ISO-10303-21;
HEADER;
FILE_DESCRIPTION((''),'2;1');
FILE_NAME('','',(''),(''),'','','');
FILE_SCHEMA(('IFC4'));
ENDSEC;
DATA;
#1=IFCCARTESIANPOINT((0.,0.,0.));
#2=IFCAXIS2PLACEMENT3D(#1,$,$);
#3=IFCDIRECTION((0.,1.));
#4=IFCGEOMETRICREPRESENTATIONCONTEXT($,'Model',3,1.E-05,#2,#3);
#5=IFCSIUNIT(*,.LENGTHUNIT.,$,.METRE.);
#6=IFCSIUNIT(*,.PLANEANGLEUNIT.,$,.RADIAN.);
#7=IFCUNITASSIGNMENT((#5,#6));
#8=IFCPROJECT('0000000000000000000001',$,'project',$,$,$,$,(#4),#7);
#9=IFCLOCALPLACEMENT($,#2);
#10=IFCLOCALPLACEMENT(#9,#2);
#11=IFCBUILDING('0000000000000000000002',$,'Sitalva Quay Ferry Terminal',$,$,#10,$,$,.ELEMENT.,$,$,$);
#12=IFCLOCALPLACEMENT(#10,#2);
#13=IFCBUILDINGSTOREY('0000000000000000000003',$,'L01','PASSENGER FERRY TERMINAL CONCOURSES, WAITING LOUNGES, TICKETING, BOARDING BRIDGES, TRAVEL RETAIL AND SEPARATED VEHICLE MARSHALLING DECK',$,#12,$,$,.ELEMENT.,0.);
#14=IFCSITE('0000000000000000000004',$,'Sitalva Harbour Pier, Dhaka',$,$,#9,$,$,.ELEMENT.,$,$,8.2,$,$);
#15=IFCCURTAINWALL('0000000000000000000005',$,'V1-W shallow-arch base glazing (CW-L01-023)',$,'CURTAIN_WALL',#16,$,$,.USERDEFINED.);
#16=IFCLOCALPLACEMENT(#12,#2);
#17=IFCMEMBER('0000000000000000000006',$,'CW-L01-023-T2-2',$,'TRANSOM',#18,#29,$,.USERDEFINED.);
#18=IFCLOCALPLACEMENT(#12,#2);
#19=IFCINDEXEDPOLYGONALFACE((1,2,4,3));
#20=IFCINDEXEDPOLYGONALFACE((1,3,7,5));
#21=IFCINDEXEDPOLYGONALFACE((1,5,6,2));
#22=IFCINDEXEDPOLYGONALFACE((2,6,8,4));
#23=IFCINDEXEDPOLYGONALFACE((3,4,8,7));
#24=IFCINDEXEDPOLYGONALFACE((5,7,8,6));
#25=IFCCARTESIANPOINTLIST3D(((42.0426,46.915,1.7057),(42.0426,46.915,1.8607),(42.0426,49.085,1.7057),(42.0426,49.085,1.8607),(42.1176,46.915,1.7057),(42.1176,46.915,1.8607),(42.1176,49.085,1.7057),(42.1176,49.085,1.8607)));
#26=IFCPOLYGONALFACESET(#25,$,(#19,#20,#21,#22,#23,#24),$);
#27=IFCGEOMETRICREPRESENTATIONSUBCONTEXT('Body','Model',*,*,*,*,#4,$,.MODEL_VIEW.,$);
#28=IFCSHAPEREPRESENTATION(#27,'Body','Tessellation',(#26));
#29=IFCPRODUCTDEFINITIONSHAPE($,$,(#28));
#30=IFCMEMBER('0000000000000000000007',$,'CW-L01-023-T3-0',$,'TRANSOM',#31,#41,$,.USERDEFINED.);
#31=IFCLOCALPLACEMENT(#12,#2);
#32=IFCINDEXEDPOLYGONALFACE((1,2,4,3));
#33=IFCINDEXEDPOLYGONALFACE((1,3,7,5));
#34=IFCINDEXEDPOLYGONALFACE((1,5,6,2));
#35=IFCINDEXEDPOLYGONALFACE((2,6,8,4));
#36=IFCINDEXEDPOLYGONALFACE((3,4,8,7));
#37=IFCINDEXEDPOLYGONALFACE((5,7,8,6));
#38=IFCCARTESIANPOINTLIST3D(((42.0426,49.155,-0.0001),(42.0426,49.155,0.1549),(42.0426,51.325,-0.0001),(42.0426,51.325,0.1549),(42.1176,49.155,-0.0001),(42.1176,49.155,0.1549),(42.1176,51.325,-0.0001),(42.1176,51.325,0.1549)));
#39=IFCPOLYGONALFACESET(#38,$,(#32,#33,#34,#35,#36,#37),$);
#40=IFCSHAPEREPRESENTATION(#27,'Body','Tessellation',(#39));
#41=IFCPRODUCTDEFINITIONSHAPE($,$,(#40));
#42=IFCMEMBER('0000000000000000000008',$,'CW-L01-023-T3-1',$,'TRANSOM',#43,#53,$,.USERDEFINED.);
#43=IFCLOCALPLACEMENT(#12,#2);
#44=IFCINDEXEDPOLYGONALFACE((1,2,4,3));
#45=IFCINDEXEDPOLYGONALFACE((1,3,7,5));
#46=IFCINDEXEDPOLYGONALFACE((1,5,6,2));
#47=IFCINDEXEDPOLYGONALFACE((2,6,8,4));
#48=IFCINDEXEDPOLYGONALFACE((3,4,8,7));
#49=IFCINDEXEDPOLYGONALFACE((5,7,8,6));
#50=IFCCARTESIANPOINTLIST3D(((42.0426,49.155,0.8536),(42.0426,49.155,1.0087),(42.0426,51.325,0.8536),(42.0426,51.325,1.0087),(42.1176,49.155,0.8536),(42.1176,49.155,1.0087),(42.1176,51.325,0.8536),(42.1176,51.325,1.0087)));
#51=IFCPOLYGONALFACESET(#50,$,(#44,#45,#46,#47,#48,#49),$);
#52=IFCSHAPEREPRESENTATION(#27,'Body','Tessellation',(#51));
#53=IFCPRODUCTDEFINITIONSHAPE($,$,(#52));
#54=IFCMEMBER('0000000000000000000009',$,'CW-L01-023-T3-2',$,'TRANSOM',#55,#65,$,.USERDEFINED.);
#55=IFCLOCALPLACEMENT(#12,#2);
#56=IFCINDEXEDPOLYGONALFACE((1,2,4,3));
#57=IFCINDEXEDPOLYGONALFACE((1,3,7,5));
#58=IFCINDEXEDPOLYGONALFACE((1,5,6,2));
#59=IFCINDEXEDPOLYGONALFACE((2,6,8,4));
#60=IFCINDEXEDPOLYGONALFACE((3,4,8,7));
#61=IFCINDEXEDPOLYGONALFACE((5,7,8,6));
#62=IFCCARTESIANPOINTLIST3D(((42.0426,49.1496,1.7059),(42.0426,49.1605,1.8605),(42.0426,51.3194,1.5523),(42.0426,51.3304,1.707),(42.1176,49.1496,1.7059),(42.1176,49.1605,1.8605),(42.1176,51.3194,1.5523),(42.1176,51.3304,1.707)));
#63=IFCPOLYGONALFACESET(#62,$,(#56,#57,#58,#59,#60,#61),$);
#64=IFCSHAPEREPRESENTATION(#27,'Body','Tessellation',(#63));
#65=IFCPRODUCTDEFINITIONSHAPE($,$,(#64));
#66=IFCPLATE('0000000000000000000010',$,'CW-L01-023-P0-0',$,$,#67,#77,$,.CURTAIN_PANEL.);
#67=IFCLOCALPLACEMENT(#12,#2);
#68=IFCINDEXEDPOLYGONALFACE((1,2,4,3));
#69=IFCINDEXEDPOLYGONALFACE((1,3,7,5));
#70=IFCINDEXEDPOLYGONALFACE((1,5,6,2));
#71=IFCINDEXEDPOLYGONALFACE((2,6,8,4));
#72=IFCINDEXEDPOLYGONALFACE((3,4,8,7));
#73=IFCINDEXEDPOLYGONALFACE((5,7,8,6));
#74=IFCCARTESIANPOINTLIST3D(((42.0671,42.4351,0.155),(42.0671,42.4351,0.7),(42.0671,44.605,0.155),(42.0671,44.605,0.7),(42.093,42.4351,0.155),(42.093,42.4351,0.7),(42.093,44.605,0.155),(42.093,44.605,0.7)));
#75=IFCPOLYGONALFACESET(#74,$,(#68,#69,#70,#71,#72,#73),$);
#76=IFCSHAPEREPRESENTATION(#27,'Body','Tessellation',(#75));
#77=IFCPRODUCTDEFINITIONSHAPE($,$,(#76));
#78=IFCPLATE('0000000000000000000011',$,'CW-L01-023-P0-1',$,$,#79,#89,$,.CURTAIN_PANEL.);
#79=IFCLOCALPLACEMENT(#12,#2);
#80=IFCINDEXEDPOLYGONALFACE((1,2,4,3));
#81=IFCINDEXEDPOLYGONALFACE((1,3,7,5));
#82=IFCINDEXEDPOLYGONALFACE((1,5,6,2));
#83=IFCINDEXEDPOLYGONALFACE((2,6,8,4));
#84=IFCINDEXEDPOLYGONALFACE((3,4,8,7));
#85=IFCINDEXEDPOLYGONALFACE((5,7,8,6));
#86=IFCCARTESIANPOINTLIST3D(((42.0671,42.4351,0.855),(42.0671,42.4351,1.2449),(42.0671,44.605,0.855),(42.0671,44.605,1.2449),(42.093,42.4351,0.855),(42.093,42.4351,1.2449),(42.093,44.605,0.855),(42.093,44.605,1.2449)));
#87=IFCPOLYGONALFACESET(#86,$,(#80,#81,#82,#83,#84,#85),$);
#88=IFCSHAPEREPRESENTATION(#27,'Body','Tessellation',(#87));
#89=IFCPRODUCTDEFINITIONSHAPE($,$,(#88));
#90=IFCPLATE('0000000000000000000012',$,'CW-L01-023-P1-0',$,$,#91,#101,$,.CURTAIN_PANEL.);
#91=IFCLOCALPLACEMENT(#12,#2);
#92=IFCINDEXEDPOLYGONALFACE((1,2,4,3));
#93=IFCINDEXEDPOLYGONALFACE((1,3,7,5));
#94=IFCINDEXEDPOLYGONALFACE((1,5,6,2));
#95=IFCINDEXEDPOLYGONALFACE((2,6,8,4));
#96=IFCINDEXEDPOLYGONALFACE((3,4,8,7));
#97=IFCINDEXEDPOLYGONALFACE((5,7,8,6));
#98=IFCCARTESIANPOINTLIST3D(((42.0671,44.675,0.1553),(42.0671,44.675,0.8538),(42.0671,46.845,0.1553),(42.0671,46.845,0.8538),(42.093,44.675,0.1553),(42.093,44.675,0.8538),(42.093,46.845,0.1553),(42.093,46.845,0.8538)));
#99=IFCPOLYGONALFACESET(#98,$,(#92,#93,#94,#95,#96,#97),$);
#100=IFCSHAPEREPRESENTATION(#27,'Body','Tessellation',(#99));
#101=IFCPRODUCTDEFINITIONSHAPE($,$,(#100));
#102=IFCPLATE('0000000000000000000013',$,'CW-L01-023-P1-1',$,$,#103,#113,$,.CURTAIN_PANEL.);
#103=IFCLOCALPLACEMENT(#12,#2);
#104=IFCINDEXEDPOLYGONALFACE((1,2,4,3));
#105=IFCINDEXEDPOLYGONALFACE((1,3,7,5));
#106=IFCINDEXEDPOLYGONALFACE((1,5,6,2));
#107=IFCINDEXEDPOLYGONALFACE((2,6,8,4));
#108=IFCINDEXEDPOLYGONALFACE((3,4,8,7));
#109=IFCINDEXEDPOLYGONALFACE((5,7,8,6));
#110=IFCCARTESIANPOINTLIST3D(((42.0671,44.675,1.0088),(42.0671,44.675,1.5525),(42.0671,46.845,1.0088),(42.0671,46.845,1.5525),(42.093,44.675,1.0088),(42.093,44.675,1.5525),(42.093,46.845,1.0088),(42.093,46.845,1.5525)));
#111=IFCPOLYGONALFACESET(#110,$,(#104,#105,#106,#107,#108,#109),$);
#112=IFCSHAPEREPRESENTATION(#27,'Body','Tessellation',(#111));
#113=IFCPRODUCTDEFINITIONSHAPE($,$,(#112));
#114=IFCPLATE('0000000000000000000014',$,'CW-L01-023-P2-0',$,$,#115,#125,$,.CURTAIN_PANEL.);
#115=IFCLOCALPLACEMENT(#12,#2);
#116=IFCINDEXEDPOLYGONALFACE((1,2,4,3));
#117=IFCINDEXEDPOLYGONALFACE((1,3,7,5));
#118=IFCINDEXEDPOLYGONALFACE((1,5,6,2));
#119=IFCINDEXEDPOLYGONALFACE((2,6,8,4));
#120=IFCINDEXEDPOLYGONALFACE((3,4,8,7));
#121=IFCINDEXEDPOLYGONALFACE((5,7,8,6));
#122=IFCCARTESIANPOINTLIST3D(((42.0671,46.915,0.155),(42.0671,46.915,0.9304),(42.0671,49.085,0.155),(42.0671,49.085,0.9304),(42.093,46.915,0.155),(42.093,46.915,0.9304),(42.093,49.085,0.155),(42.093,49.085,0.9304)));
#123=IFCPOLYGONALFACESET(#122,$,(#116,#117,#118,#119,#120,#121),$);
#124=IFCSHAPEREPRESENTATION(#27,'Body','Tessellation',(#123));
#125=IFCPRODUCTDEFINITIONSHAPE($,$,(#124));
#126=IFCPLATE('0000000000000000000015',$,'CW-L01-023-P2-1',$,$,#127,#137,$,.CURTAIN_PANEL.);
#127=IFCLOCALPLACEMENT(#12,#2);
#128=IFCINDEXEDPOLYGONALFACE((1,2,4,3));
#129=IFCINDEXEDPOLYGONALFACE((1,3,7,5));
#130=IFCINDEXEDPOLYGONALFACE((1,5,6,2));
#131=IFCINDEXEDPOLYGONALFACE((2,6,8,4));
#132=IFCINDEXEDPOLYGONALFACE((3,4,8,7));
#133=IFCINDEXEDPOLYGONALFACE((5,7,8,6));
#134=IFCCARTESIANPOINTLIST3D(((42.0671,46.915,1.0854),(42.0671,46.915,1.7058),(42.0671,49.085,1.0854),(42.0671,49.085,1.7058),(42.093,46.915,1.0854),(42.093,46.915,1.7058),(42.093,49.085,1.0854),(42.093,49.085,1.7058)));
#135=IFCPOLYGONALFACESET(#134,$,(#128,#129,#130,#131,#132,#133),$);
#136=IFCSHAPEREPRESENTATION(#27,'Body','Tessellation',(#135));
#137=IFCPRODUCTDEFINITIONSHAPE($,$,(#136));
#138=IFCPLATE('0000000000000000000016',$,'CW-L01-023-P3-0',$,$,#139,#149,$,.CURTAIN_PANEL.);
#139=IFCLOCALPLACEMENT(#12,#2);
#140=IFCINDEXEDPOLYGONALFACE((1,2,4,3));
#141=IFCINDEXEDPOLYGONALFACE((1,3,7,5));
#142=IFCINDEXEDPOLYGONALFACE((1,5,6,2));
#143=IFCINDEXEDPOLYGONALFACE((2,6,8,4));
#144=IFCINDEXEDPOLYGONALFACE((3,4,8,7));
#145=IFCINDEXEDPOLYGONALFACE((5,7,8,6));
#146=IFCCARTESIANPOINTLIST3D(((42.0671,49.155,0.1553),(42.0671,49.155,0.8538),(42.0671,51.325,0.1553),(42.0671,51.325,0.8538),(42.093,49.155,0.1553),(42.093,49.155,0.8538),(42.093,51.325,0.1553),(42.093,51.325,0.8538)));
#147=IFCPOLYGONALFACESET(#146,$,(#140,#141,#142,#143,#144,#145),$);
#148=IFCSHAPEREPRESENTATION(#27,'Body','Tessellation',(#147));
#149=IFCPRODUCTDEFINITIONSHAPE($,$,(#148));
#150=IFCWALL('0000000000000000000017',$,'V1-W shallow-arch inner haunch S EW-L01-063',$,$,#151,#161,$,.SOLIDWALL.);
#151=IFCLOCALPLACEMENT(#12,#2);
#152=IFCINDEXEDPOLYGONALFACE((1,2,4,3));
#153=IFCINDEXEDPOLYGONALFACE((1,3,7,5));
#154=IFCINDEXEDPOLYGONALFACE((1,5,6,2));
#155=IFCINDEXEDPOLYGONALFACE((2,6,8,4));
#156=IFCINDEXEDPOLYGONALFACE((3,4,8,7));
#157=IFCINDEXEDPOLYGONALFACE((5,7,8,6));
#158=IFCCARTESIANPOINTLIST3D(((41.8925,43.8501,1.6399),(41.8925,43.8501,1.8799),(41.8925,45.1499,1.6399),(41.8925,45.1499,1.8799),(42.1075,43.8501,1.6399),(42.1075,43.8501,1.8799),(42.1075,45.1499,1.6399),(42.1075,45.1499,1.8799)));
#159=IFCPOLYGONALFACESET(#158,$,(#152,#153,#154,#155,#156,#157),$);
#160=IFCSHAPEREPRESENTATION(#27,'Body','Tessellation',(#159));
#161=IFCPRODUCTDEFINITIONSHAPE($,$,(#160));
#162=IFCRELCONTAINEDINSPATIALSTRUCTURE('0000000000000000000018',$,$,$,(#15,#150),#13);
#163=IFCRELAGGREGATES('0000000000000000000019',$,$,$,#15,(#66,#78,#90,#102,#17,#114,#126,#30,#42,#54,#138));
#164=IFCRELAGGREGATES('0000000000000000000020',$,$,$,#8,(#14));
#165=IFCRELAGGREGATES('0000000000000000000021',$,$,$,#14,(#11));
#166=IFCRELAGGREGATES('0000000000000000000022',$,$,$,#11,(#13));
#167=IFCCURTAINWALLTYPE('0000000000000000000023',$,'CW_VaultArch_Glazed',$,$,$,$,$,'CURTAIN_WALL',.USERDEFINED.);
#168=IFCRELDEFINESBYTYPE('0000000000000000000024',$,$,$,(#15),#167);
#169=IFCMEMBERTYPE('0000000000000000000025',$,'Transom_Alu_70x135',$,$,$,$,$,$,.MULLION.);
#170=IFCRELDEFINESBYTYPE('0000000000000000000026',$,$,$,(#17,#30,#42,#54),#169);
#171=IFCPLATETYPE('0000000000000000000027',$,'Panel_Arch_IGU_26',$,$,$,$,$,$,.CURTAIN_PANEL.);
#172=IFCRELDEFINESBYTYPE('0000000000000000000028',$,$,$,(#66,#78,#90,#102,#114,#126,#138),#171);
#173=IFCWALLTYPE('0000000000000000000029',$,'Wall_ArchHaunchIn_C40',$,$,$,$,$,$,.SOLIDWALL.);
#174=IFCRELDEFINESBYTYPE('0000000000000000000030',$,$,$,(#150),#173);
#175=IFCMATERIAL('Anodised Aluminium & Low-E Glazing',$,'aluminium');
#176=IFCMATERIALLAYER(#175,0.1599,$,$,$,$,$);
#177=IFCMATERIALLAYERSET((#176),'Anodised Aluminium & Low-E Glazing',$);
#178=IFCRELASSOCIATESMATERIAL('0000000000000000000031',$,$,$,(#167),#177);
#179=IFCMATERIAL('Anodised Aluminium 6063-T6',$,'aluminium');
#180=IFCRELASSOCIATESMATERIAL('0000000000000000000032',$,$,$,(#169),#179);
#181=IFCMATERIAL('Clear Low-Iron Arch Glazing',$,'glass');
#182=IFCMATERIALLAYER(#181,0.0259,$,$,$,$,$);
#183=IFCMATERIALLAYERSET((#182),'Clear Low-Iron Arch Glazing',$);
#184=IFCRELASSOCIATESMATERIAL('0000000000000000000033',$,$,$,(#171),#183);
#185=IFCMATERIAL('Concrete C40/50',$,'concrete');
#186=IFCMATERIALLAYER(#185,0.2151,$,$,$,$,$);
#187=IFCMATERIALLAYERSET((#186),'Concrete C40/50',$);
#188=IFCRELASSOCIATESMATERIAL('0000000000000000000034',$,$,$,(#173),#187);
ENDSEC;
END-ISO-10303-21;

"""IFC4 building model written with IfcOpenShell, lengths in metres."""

from ifc_helpers import new_model, si_unit, direction, frame, frame_2d, origin, origin_2d, place, context, subcontext, project, spatial, rectangle, extrude, material, layer, layer_set, material_profile, profile_set, type_object, element, aggregate, save


model = new_model("IFC4")

# Units and contexts
model_context = context("Model", 3, precision=1e-05, world=origin(), true_north=direction((0.0, 1.0)))
body_context = subcontext(model_context, "Body", "Model", "MODEL_VIEW")
ifc_project = project(units=[si_unit("LENGTHUNIT", "METRE"), si_unit("PLANEANGLEUNIT", "RADIAN")], contexts=[model_context])

# Site, building, storey
site_placement = place(None, origin())
site = spatial("IfcSite", under=ifc_project, at=site_placement, Name="Sitalva Harbour Pier, Dhaka", CompositionType="ELEMENT", RefElevation=8.2)
building_placement = place(site_placement, origin())
building = spatial("IfcBuilding", under=site, at=building_placement, Name="Sitalva Quay Ferry Terminal", CompositionType="ELEMENT")
storey_placement = place(building_placement, origin())
storey = spatial("IfcBuildingStorey", under=building, at=storey_placement, Name="L01", Description="PASSENGER FERRY TERMINAL CONCOURSES, WAITING LOUNGES, TICKETING, BOARDING BRIDGES, TRAVEL RETAIL AND SEPARATED VEHICLE MARSHALLING DECK", CompositionType="ELEMENT", Elevation=0.0)

# Curtain wall, members, plates
ifc_material_1 = material(Name="Anodised Aluminium & Low-E Glazing", Category="aluminium")
ifc_layer_1 = layer(ifc_material_1, 0.1599)
ifc_layer_set_1 = layer_set([ifc_layer_1], Name="Anodised Aluminium & Low-E Glazing")
curtain_wall_type = type_object("IfcCurtainWallType", Name="CW_VaultArch_Glazed", ElementType="CURTAIN_WALL", PredefinedType="USERDEFINED", material=ifc_layer_set_1)
curtain_wall_placement = place(storey_placement, origin())
curtain_wall = element("IfcCurtainWall", 1, at=curtain_wall_placement, inside=storey, type_object=curtain_wall_type, Name="V1-W shallow-arch base glazing (CW-L01-023)", ObjectType="CURTAIN_WALL", PredefinedType="USERDEFINED")
ifc_material_2 = material(Name="Anodised Aluminium 6063-T6", Category="aluminium")
ifc_material_profile_1 = material_profile(ifc_material_2, rectangle(XDim=0.075, YDim=0.155, at=origin_2d()), Name="ALU75x155")
ifc_profile_set_1 = profile_set([ifc_material_profile_1], Name="Anodised Aluminium 6063-T6")
member_type_1 = type_object("IfcMemberType", Name="Transom_Alu_70x135", PredefinedType="MULLION", material=ifc_profile_set_1)
member_1_placement = place(storey_placement, frame((42.0801, 46.915, 1.7832), z_axis=(0.0, 1.0, 0.0), x_axis=(-1.0, 0.0, 0.0)))
member_1 = element("IfcMember", 2, at=member_1_placement, type_object=member_type_1, Name="CW-L01-023-T2-2", ObjectType="TRANSOM", PredefinedType="USERDEFINED", context=body_context, shape_type="SweptSolid", body=[
    extrude(rectangle(XDim=0.075, YDim=0.155, at=origin_2d()), origin(), (0.0, 0.0, 1.0), 2.1699),
])
member_2_placement = place(storey_placement, frame((42.0801, 49.155, 0.0774), z_axis=(0.0, 1.0, 0.0), x_axis=(-1.0, 0.0, 0.0)))
member_2 = element("IfcMember", 3, at=member_2_placement, type_object=member_type_1, Name="CW-L01-023-T3-0", ObjectType="TRANSOM", PredefinedType="USERDEFINED", context=body_context, shape_type="SweptSolid", body=[
    extrude(rectangle(XDim=0.075, YDim=0.155, at=origin_2d()), origin(), (0.0, 0.0, 1.0), 2.1699),
])
member_3_placement = place(storey_placement, frame((42.0801, 49.155, 0.9312), z_axis=(0.0, 1.0, 0.0), x_axis=(-1.0, 0.0, 0.0)))
member_3 = element("IfcMember", 4, at=member_3_placement, type_object=member_type_1, Name="CW-L01-023-T3-1", ObjectType="TRANSOM", PredefinedType="USERDEFINED", context=body_context, shape_type="SweptSolid", body=[
    extrude(rectangle(XDim=0.075, YDim=0.155, at=origin_2d()), origin(), (0.0, 0.0, 1.0), 2.1699),
])
member_4_placement = place(storey_placement, frame((42.0801, 49.155, 1.7832), z_axis=(0.0, 0.997505, -0.070593), x_axis=(-1.0, 0.0, 0.0)))
member_4 = element("IfcMember", 5, at=member_4_placement, type_object=member_type_1, Name="CW-L01-023-T3-2", ObjectType="TRANSOM", PredefinedType="USERDEFINED", context=body_context, shape_type="SweptSolid", body=[
    extrude(rectangle(XDim=0.075, YDim=0.155, at=origin_2d()), origin(), (0.0, 0.0, 1.0), 2.1753),
])
ifc_material_3 = material(Name="Clear Low-Iron Arch Glazing", Category="glass")
ifc_layer_2 = layer(ifc_material_3, 0.0259)
ifc_layer_set_2 = layer_set([ifc_layer_2], Name="Clear Low-Iron Arch Glazing")
plate_type = type_object("IfcPlateType", Name="Panel_Arch_IGU_26", PredefinedType="CURTAIN_PANEL", material=ifc_layer_set_2)
plate_1_placement = place(storey_placement, frame((42.0801, 43.52, 0.155), z_axis=(0.0, 0.0, 1.0), x_axis=(0.0, 1.0, 0.0)))
plate_1 = element("IfcPlate", 6, at=plate_1_placement, type_object=plate_type, Name="CW-L01-023-P0-0", PredefinedType="CURTAIN_PANEL", context=body_context, shape_type="SweptSolid", body=[
    extrude(rectangle(XDim=2.1699, YDim=0.0259, at=origin_2d()), origin(), (0.0, 0.0, 1.0), 0.5449),
])
plate_2_placement = place(storey_placement, frame((42.0801, 43.52, 0.855), z_axis=(0.0, 0.0, 1.0), x_axis=(0.0, 1.0, 0.0)))
plate_2 = element("IfcPlate", 7, at=plate_2_placement, type_object=plate_type, Name="CW-L01-023-P0-1", PredefinedType="CURTAIN_PANEL", context=body_context, shape_type="SweptSolid", body=[
    extrude(rectangle(XDim=2.1699, YDim=0.0259, at=origin_2d()), origin(), (0.0, 0.0, 1.0), 0.3899),
])
plate_3_placement = place(storey_placement, frame((42.0801, 45.76, 0.1553), z_axis=(0.0, 0.0, 1.0), x_axis=(0.0, 1.0, 0.0)))
plate_3 = element("IfcPlate", 8, at=plate_3_placement, type_object=plate_type, Name="CW-L01-023-P1-0", PredefinedType="CURTAIN_PANEL", context=body_context, shape_type="SweptSolid", body=[
    extrude(rectangle(XDim=2.1699, YDim=0.0259, at=origin_2d()), origin(), (0.0, 0.0, 1.0), 0.6985),
])
plate_4_placement = place(storey_placement, frame((42.0801, 45.76, 1.0088), z_axis=(0.0, 0.0, 1.0), x_axis=(0.0, 1.0, 0.0)))
plate_4 = element("IfcPlate", 9, at=plate_4_placement, type_object=plate_type, Name="CW-L01-023-P1-1", PredefinedType="CURTAIN_PANEL", context=body_context, shape_type="SweptSolid", body=[
    extrude(rectangle(XDim=2.1699, YDim=0.0259, at=origin_2d()), origin(), (0.0, 0.0, 1.0), 0.5437),
])
plate_5_placement = place(storey_placement, frame((42.0801, 48.0, 0.155), z_axis=(0.0, 0.0, 1.0), x_axis=(0.0, 1.0, 0.0)))
plate_5 = element("IfcPlate", 10, at=plate_5_placement, type_object=plate_type, Name="CW-L01-023-P2-0", PredefinedType="CURTAIN_PANEL", context=body_context, shape_type="SweptSolid", body=[
    extrude(rectangle(XDim=2.1699, YDim=0.0259, at=origin_2d()), origin(), (0.0, 0.0, 1.0), 0.7754),
])
plate_6_placement = place(storey_placement, frame((42.0801, 48.0, 1.0854), z_axis=(0.0, 0.0, 1.0), x_axis=(0.0, 1.0, 0.0)))
plate_6 = element("IfcPlate", 11, at=plate_6_placement, type_object=plate_type, Name="CW-L01-023-P2-1", PredefinedType="CURTAIN_PANEL", context=body_context, shape_type="SweptSolid", body=[
    extrude(rectangle(XDim=2.1699, YDim=0.0259, at=origin_2d()), origin(), (0.0, 0.0, 1.0), 0.6204),
])
plate_7_placement = place(storey_placement, frame((42.0801, 50.24, 0.1553), z_axis=(0.0, 0.0, 1.0), x_axis=(0.0, 1.0, 0.0)))
plate_7 = element("IfcPlate", 12, at=plate_7_placement, type_object=plate_type, Name="CW-L01-023-P3-0", PredefinedType="CURTAIN_PANEL", context=body_context, shape_type="SweptSolid", body=[
    extrude(rectangle(XDim=2.1699, YDim=0.0259, at=origin_2d()), origin(), (0.0, 0.0, 1.0), 0.6985),
])
aggregate(curtain_wall, [plate_1, plate_2, plate_3, plate_4, member_1, plate_5, plate_6, member_2, member_3, member_4, plate_7])

# Wall
ifc_material_4 = material(Name="Concrete C40/50", Category="concrete")
ifc_layer_3 = layer(ifc_material_4, 0.2151)
ifc_layer_set_3 = layer_set([ifc_layer_3], Name="Concrete C40/50")
wall_type = type_object("IfcWallType", Name="Wall_ArchHaunchIn_C40", PredefinedType="SOLIDWALL", material=ifc_layer_set_3)
wall_placement = place(storey_placement, frame((42.0, 43.8501, 1.6399), z_axis=(0.0, 0.0, 1.0), x_axis=(0.0, 1.0, 0.0)))
element("IfcWall", 13, at=wall_placement, inside=storey, type_object=wall_type, Name="V1-W shallow-arch inner haunch S EW-L01-063", PredefinedType="SOLIDWALL", context=body_context, shape_type="SweptSolid", body=[
    extrude(rectangle(XDim=1.2998, YDim=0.2151, at=frame_2d((0.6499, 0.0))), origin(), (0.0, 0.0, 1.0), 0.24),
])

save(model, "model.ifc")
